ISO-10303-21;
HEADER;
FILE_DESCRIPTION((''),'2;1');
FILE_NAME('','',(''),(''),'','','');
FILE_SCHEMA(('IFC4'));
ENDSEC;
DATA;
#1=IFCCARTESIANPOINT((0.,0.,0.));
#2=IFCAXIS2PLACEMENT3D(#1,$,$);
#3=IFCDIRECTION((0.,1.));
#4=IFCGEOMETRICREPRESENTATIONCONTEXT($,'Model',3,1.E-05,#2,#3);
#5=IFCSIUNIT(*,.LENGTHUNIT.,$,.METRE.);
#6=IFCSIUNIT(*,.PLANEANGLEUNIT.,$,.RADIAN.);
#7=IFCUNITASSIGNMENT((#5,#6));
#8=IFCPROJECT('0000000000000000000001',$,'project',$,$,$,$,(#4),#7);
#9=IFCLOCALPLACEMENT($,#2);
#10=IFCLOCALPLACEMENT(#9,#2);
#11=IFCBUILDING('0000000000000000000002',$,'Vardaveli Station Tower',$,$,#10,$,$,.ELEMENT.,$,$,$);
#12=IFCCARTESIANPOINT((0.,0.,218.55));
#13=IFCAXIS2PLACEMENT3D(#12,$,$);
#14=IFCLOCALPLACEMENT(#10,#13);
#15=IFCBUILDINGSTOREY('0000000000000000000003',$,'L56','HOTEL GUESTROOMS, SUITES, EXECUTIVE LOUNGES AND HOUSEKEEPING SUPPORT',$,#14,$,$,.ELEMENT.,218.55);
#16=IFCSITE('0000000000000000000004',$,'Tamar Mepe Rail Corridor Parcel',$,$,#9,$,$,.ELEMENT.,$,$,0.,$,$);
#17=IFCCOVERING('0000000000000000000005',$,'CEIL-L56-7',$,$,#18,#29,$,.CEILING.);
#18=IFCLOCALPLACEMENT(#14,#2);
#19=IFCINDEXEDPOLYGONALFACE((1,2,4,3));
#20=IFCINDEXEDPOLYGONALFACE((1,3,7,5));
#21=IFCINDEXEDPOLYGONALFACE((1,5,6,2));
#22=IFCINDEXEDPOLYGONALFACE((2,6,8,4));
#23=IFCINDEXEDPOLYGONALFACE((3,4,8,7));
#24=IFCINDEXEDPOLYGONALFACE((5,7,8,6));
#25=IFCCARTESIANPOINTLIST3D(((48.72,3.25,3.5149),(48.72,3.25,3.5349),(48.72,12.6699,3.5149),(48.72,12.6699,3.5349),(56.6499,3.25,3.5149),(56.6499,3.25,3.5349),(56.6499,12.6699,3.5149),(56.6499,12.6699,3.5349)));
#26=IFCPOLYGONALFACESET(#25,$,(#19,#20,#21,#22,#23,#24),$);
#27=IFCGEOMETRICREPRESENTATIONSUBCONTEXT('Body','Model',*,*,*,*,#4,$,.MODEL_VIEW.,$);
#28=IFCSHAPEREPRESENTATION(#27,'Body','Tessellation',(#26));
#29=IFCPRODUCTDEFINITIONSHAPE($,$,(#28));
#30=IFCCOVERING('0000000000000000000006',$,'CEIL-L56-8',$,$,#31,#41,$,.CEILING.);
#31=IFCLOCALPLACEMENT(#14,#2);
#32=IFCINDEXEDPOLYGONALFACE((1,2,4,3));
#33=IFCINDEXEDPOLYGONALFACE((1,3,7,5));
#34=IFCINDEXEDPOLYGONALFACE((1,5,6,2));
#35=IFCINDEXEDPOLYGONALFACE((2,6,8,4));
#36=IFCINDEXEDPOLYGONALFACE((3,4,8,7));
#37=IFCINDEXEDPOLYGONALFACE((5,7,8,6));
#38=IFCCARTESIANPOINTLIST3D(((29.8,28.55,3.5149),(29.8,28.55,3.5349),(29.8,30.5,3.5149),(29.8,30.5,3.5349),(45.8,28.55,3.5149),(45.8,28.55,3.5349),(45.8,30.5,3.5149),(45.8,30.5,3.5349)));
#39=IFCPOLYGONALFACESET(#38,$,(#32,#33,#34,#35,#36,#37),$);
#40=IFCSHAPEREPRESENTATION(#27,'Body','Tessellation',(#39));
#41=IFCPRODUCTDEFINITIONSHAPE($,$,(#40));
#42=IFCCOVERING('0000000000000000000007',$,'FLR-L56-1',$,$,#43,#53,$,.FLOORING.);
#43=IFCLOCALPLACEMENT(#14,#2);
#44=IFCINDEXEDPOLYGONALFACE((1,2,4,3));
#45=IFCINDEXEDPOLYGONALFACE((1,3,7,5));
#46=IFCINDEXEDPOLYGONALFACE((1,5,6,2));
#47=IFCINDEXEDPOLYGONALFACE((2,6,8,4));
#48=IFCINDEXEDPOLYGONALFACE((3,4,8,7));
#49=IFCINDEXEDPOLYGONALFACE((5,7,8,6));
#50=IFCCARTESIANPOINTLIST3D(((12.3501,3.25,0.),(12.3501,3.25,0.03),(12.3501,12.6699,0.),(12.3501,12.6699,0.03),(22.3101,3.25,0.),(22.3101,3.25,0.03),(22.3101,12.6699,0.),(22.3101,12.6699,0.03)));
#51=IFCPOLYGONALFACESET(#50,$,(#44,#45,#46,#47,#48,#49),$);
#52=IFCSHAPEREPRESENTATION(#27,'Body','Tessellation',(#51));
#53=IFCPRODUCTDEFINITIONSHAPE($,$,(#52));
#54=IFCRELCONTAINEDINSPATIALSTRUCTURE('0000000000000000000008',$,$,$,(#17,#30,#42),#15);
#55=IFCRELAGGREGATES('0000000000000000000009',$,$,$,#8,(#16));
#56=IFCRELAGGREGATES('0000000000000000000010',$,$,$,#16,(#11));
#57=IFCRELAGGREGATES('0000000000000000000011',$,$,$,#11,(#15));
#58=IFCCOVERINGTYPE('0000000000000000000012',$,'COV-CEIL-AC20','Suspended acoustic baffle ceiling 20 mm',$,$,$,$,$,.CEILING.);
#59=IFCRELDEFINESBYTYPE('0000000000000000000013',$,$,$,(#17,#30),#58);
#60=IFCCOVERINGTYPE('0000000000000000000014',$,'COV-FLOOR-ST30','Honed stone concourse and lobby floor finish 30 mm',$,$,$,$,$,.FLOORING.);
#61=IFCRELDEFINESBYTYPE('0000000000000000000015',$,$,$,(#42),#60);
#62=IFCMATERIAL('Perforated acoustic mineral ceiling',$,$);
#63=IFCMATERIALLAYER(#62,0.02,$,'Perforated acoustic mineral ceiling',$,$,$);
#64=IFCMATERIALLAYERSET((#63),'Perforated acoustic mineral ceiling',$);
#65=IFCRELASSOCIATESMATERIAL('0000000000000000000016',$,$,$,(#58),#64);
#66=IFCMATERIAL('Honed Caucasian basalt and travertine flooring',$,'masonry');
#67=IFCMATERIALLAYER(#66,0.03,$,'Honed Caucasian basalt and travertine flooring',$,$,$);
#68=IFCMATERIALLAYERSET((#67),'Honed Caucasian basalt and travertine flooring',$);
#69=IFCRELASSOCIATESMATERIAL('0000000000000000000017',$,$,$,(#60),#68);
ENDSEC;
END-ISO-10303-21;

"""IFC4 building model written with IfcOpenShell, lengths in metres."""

from ifc_helpers import new_model, si_unit, direction, frame, origin, place, context, subcontext, project, spatial, polyline, outline, extrude, material, layer, layer_set, type_object, element, save


model = new_model("IFC4")

# Units and contexts
model_context = context("Model", 3, precision=1e-05, world=origin(), true_north=direction((0.0, 1.0)))
body_context = subcontext(model_context, "Body", "Model", "MODEL_VIEW")
ifc_project = project(units=[si_unit("LENGTHUNIT", "METRE"), si_unit("PLANEANGLEUNIT", "RADIAN")], contexts=[model_context])

# Site, building, storey
site_placement = place(None, origin())
site = spatial("IfcSite", under=ifc_project, at=site_placement, Name="Tamar Mepe Rail Corridor Parcel", CompositionType="ELEMENT", RefElevation=0.0)
building_placement = place(site_placement, origin())
building = spatial("IfcBuilding", under=site, at=building_placement, Name="Vardaveli Station Tower", CompositionType="ELEMENT")
storey_placement = place(building_placement, frame((0.0, 0.0, 218.55)))
storey = spatial("IfcBuildingStorey", under=building, at=storey_placement, Name="L56", Description="HOTEL GUESTROOMS, SUITES, EXECUTIVE LOUNGES AND HOUSEKEEPING SUPPORT", CompositionType="ELEMENT", Elevation=218.55)

# Coverings
ifc_material_1 = material(Name="Perforated acoustic mineral ceiling")
ifc_layer_1 = layer(ifc_material_1, 0.02, Name="Perforated acoustic mineral ceiling")
ifc_layer_set_1 = layer_set([ifc_layer_1], Name="Perforated acoustic mineral ceiling")
covering_type_1 = type_object("IfcCoveringType", Name="COV-CEIL-AC20", Description="Suspended acoustic baffle ceiling 20 mm", PredefinedType="CEILING", material=ifc_layer_set_1)
covering_1_placement = place(storey_placement, frame((0.0, 0.0, 3.5149)))
element("IfcCovering", 1, at=covering_1_placement, inside=storey, type_object=covering_type_1, Name="CEIL-L56-7", PredefinedType="CEILING", context=body_context, shape_type="SweptSolid", body=[
    extrude(outline(polyline([(48.72, 3.25), (56.6499, 3.25), (56.6499, 12.6699), (48.72, 12.6699), (48.72, 3.25)])), origin(), (0.0, 0.0, 1.0), 0.02),
])
covering_2_placement = place(storey_placement, frame((0.0, 0.0, 3.5149)))
element("IfcCovering", 2, at=covering_2_placement, inside=storey, type_object=covering_type_1, Name="CEIL-L56-8", PredefinedType="CEILING", context=body_context, shape_type="SweptSolid", body=[
    extrude(outline(polyline([(29.8, 28.55), (45.8, 28.55), (45.8, 30.5), (29.8, 30.5), (29.8, 28.55)])), origin(), (0.0, 0.0, 1.0), 0.02),
])
ifc_material_2 = material(Name="Honed Caucasian basalt and travertine flooring", Category="masonry")
ifc_layer_2 = layer(ifc_material_2, 0.03, Name="Honed Caucasian basalt and travertine flooring")
ifc_layer_set_2 = layer_set([ifc_layer_2], Name="Honed Caucasian basalt and travertine flooring")
covering_type_2 = type_object("IfcCoveringType", Name="COV-FLOOR-ST30", Description="Honed stone concourse and lobby floor finish 30 mm", PredefinedType="FLOORING", material=ifc_layer_set_2)
covering_3_placement = place(storey_placement, origin())
element("IfcCovering", 3, at=covering_3_placement, inside=storey, type_object=covering_type_2, Name="FLR-L56-1", PredefinedType="FLOORING", context=body_context, shape_type="SweptSolid", body=[
    extrude(outline(polyline([(12.3501, 3.25), (22.3101, 3.25), (22.3101, 12.6699), (12.3501, 12.6699), (12.3501, 3.25)])), origin(), (0.0, 0.0, 1.0), 0.03),
])

save(model, "model.ifc")
